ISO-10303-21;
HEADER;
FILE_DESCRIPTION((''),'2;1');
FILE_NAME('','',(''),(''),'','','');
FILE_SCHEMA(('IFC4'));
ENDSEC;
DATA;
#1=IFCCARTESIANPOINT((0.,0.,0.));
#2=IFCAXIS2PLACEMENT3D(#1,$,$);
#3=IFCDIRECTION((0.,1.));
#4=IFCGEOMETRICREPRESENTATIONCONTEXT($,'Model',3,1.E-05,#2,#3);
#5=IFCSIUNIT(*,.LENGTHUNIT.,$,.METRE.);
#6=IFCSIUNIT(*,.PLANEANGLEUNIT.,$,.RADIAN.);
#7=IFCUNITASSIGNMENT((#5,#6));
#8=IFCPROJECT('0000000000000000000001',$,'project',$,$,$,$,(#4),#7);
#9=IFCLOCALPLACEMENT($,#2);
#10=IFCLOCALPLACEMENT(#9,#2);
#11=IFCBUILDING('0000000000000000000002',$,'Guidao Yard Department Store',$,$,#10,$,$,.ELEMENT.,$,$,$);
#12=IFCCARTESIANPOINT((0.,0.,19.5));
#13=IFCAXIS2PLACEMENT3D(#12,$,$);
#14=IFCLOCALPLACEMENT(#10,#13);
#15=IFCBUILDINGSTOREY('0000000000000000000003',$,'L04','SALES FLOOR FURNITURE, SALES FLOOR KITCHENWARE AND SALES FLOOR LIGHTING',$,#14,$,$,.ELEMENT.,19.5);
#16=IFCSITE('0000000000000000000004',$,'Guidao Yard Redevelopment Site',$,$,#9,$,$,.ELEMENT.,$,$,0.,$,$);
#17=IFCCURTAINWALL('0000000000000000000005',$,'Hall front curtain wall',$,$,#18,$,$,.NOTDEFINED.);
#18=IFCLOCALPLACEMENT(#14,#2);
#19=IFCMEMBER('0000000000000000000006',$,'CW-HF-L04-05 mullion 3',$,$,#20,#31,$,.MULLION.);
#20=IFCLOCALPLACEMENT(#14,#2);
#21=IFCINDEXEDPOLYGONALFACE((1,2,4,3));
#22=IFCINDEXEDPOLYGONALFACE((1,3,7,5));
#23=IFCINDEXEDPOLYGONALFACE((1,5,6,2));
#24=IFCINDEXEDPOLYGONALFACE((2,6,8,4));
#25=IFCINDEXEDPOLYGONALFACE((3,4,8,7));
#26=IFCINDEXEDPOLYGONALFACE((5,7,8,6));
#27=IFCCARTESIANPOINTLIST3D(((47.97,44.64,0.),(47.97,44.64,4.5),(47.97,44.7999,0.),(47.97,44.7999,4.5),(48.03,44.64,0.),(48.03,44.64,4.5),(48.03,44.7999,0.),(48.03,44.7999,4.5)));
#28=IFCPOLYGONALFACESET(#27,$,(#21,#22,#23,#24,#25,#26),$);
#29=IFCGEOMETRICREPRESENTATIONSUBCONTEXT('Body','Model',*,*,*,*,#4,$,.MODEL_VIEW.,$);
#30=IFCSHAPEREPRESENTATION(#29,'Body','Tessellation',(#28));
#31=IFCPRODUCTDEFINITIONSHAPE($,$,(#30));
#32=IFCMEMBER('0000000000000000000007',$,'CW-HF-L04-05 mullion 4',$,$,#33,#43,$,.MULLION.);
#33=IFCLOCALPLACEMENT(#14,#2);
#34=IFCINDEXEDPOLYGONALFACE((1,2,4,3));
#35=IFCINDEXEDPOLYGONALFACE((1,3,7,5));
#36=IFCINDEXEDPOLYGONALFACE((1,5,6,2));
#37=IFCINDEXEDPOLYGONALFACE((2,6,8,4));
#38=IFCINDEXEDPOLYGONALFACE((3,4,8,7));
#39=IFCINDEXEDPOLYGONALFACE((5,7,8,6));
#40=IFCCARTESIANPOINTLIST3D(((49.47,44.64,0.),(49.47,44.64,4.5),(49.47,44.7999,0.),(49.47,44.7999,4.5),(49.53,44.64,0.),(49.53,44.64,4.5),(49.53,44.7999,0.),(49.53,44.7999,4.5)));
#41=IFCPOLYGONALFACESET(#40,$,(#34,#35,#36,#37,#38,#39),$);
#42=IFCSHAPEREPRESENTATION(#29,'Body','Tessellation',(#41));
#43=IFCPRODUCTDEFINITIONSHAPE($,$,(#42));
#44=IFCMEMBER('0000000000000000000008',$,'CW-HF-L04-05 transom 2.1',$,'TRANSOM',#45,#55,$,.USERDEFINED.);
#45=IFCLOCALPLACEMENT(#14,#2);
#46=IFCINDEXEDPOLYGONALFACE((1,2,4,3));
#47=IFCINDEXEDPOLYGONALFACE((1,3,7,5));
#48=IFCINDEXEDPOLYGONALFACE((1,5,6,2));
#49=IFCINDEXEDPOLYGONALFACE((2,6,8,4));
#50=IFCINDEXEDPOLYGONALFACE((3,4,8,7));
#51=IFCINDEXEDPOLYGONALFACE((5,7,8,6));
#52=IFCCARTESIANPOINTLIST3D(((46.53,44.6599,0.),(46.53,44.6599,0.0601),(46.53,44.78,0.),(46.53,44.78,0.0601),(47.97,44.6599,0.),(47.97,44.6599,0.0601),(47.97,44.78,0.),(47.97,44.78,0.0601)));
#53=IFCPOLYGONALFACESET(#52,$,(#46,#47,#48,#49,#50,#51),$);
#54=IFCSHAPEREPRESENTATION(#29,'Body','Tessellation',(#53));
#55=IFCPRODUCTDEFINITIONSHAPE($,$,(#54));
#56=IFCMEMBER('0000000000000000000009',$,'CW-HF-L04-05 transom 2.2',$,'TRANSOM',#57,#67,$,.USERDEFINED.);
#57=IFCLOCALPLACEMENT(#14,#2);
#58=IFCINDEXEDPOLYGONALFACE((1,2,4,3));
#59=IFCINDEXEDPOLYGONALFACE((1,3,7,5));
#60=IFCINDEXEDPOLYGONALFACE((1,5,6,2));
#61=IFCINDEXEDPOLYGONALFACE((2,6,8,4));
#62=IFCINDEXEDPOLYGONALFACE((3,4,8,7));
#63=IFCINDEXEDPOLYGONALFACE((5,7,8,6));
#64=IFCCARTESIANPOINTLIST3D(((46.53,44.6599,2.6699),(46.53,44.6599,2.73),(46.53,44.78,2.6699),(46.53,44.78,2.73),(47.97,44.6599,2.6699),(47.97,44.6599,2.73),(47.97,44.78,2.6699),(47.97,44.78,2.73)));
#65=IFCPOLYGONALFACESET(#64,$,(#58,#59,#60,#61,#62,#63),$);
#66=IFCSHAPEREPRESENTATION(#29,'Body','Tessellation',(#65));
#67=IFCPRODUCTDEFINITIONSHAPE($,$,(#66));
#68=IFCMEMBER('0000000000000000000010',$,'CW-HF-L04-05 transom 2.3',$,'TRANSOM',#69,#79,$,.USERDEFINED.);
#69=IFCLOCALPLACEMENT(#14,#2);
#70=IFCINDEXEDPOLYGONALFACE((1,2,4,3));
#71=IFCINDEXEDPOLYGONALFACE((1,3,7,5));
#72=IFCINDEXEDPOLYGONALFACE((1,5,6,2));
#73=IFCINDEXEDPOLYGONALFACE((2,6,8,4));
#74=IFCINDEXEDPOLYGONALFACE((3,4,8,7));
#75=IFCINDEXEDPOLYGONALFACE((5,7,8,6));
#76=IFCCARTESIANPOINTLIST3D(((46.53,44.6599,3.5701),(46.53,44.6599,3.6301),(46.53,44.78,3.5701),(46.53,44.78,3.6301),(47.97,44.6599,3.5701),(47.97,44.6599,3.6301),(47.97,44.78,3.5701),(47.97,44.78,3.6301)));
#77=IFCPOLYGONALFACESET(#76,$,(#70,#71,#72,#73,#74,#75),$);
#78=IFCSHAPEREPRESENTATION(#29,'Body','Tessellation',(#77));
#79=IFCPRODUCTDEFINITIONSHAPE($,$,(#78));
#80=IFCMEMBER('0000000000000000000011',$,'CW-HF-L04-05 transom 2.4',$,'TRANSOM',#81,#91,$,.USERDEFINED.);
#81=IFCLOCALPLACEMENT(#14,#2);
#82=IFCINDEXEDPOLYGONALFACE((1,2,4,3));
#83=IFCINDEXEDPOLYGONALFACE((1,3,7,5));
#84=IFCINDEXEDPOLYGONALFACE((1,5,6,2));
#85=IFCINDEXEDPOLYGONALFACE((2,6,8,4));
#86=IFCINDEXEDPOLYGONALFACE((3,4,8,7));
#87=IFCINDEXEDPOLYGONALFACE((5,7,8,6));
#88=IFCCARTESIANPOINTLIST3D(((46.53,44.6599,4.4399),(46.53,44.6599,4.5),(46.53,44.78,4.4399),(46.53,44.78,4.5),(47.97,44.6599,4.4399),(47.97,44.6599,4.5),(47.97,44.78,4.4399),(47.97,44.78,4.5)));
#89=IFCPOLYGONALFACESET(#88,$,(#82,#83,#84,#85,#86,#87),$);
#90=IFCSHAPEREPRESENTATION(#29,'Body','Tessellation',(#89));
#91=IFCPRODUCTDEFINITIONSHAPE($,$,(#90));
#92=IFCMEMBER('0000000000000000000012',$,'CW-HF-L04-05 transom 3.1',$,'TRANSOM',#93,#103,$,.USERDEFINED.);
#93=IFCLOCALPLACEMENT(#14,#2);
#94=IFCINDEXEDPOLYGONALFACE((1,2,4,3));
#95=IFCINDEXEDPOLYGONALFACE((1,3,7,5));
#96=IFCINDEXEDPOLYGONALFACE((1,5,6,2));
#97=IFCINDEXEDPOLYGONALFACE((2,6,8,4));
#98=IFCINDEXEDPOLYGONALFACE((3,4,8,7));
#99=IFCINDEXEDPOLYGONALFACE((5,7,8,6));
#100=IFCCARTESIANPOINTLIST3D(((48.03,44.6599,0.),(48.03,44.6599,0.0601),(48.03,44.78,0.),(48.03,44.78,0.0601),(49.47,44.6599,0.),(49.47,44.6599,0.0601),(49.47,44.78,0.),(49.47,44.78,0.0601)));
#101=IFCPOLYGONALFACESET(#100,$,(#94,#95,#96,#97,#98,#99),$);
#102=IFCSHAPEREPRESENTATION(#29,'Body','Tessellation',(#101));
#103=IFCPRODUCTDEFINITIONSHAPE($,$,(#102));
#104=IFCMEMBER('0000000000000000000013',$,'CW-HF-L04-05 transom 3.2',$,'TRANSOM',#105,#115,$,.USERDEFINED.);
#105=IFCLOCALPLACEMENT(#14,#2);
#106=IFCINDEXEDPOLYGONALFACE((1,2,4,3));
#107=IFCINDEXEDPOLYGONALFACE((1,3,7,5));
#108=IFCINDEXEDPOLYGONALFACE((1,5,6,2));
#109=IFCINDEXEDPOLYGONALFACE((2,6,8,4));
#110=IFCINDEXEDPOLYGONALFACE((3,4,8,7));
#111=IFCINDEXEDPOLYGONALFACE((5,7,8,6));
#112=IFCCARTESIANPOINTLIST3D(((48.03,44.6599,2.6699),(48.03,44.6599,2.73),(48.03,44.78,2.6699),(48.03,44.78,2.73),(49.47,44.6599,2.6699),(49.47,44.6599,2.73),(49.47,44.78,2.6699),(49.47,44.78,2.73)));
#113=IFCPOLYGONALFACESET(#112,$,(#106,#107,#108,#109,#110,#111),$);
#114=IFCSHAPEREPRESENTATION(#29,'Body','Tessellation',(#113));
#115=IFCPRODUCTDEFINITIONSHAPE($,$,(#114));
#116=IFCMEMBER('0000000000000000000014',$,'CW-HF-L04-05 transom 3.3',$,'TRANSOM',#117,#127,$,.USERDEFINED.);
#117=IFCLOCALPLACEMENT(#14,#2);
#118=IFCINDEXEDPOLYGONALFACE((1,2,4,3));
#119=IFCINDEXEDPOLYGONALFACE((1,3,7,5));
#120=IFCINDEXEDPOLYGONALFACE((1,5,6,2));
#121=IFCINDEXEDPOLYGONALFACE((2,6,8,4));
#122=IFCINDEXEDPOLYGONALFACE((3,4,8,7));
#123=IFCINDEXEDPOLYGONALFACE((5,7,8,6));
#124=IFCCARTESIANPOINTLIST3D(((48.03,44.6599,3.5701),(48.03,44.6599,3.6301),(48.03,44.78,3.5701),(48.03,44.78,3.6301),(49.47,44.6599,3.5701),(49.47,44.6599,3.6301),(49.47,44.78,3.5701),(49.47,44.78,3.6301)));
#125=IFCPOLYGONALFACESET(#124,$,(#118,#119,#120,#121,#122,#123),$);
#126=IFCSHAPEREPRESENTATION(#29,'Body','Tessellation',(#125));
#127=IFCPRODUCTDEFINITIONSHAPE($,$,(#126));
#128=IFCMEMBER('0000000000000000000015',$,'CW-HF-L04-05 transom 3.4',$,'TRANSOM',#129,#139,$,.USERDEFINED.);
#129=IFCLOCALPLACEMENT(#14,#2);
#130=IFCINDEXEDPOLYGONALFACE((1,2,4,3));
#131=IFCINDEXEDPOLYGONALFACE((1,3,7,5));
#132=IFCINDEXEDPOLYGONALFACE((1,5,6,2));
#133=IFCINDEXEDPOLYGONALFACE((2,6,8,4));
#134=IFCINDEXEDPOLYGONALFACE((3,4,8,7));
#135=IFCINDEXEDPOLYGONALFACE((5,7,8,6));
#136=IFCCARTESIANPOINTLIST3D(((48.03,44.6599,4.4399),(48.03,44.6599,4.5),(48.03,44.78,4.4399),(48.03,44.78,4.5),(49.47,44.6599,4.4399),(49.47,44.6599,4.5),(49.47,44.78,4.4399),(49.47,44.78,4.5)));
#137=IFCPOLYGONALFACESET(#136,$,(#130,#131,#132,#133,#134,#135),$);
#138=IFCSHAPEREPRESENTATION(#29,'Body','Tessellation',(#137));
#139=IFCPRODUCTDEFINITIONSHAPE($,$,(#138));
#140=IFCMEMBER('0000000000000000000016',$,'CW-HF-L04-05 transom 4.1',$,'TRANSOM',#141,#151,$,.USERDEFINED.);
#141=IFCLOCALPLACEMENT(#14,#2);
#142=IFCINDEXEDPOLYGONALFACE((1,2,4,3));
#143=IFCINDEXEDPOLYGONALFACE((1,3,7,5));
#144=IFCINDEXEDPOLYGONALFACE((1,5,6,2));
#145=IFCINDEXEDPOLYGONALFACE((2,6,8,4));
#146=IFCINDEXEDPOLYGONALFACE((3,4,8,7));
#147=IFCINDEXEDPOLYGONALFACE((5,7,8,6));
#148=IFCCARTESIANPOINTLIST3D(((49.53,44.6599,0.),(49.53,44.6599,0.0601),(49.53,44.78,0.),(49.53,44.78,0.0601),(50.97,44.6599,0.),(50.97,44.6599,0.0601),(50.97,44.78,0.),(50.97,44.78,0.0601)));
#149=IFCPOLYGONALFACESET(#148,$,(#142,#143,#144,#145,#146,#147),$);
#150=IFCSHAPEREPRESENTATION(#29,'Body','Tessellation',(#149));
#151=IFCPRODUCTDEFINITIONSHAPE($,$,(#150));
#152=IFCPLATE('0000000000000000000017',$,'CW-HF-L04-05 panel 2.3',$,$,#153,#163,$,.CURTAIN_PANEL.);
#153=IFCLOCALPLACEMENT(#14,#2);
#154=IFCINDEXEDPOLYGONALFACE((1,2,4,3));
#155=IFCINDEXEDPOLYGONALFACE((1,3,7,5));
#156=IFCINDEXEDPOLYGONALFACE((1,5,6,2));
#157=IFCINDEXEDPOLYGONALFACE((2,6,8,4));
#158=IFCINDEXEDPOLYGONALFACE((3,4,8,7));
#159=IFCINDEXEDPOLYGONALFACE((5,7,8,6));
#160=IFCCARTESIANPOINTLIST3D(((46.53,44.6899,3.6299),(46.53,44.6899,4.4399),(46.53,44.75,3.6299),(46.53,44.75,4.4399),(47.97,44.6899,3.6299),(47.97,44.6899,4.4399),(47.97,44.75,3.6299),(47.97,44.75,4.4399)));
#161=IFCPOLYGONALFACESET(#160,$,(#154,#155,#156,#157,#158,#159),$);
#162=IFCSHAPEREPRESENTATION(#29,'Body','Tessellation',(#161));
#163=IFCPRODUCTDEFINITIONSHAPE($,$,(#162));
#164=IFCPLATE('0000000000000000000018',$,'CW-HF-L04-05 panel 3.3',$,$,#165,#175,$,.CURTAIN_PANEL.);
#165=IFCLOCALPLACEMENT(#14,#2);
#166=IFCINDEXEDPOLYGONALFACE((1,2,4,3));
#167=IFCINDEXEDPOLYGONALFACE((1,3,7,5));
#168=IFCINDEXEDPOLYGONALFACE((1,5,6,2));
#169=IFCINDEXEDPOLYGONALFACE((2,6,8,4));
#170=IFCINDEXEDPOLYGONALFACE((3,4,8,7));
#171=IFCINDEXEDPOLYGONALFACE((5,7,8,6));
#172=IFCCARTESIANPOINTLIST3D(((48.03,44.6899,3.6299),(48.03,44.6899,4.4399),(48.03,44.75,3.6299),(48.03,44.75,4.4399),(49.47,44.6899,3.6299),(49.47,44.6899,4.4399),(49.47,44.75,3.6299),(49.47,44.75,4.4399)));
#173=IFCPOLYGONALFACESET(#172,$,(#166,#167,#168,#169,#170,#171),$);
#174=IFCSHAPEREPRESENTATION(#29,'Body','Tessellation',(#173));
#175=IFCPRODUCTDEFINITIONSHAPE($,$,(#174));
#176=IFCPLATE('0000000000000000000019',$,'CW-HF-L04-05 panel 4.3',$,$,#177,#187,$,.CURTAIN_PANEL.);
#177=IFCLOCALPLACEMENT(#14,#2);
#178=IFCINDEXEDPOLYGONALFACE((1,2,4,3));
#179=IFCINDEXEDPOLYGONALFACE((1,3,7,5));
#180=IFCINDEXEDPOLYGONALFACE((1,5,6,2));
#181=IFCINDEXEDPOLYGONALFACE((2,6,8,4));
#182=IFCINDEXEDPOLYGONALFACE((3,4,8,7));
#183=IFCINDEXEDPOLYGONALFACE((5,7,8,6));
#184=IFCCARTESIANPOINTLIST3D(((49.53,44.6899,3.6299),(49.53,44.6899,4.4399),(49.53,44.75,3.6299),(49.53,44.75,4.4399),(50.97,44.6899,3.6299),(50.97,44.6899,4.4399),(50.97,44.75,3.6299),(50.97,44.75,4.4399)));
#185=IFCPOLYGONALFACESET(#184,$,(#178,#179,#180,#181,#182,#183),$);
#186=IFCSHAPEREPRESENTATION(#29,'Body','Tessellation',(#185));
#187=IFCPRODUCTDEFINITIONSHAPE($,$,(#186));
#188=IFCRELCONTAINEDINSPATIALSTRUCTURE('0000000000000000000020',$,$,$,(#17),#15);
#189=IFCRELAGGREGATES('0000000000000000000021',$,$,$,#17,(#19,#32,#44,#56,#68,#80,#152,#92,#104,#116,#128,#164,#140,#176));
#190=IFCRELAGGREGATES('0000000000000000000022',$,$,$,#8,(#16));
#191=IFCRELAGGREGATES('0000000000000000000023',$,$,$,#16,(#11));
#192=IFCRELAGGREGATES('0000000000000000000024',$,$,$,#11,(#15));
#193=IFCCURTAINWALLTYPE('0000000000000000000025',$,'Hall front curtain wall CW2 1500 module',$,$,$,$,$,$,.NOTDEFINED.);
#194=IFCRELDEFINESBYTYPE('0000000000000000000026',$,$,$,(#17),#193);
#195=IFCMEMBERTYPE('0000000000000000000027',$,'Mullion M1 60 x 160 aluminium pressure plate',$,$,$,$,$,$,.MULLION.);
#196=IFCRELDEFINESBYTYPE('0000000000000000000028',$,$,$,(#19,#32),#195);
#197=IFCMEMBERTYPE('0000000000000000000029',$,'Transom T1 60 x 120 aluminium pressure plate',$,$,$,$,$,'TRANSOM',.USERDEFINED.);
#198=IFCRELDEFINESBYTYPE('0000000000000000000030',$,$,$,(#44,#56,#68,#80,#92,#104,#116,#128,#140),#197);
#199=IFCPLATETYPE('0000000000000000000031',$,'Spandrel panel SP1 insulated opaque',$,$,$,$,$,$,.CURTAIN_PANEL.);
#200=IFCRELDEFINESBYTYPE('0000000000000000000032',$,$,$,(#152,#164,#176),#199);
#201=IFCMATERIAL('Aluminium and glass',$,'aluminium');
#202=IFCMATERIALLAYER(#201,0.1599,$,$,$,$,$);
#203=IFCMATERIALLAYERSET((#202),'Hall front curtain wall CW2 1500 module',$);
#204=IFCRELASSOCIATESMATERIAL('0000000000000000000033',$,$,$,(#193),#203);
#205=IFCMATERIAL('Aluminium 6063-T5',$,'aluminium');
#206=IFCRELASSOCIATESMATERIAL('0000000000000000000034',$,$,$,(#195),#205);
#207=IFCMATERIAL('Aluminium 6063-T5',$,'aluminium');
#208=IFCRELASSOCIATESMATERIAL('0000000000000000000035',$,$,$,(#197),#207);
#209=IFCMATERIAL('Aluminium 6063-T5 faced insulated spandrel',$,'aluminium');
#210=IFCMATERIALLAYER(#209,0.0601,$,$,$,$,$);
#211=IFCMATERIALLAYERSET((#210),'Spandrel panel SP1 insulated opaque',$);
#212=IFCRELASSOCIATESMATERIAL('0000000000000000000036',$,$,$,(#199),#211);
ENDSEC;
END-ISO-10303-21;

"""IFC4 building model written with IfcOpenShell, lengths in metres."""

from ifc_helpers import new_model, si_unit, direction, frame, origin, origin_2d, place, context, subcontext, project, spatial, rectangle, extrude, material, layer, layer_set, material_profile, profile_set, type_object, element, aggregate, save


model = new_model("IFC4")

# Units and contexts
model_context = context("Model", 3, precision=1e-05, world=origin(), true_north=direction((0.0, 1.0)))
body_context = subcontext(model_context, "Body", "Model", "MODEL_VIEW")
ifc_project = project(units=[si_unit("LENGTHUNIT", "METRE"), si_unit("PLANEANGLEUNIT", "RADIAN")], contexts=[model_context])

# Site, building, storey
site_placement = place(None, origin())
site = spatial("IfcSite", under=ifc_project, at=site_placement, Name="Guidao Yard Redevelopment Site", CompositionType="ELEMENT", RefElevation=0.0)
building_placement = place(site_placement, origin())
building = spatial("IfcBuilding", under=site, at=building_placement, Name="Guidao Yard Department Store", CompositionType="ELEMENT")
storey_placement = place(building_placement, frame((0.0, 0.0, 19.5)))
storey = spatial("IfcBuildingStorey", under=building, at=storey_placement, Name="L04", Description="SALES FLOOR FURNITURE, SALES FLOOR KITCHENWARE AND SALES FLOOR LIGHTING", CompositionType="ELEMENT", Elevation=19.5)

# Curtain wall, members, plates
ifc_material_1 = material(Name="Aluminium and glass", Category="aluminium")
ifc_layer_1 = layer(ifc_material_1, 0.1599)
ifc_layer_set_1 = layer_set([ifc_layer_1], Name="Hall front curtain wall CW2 1500 module")
curtain_wall_type = type_object("IfcCurtainWallType", Name="Hall front curtain wall CW2 1500 module", PredefinedType="NOTDEFINED", material=ifc_layer_set_1)
curtain_wall_placement = place(storey_placement, origin())
curtain_wall = element("IfcCurtainWall", 1, at=curtain_wall_placement, inside=storey, type_object=curtain_wall_type, Name="Hall front curtain wall", PredefinedType="NOTDEFINED")
ifc_material_2 = material(Name="Aluminium 6063-T5", Category="aluminium")
ifc_material_profile_1 = material_profile(ifc_material_2, rectangle(XDim=0.0601, YDim=0.1599, at=origin_2d()), Name="Mullion M1 60 x 160 aluminium pressure plate")
ifc_profile_set_1 = profile_set([ifc_material_profile_1], Name="Aluminium 6063-T5")
member_type_1 = type_object("IfcMemberType", Name="Mullion M1 60 x 160 aluminium pressure plate", PredefinedType="MULLION", material=ifc_profile_set_1)
member_1_placement = place(storey_placement, frame((48.0, 44.72, 0.0), z_axis=(0.0, 0.0, 1.0), x_axis=(-1.0, 0.0, 0.0)))
member_1 = element("IfcMember", 2, at=member_1_placement, type_object=member_type_1, Name="CW-HF-L04-05 mullion 3", PredefinedType="MULLION", context=body_context, shape_type="SweptSolid", body=[
    extrude(rectangle(XDim=0.0601, YDim=0.1599, at=origin_2d()), origin(), (0.0, 0.0, 1.0), 4.5),
])
member_2_placement = place(storey_placement, frame((49.5, 44.72, 0.0), z_axis=(0.0, 0.0, 1.0), x_axis=(-1.0, 0.0, 0.0)))
member_2 = element("IfcMember", 3, at=member_2_placement, type_object=member_type_1, Name="CW-HF-L04-05 mullion 4", PredefinedType="MULLION", context=body_context, shape_type="SweptSolid", body=[
    extrude(rectangle(XDim=0.0601, YDim=0.1599, at=origin_2d()), origin(), (0.0, 0.0, 1.0), 4.5),
])
ifc_material_3 = material(Name="Aluminium 6063-T5", Category="aluminium")
ifc_material_profile_2 = material_profile(ifc_material_3, rectangle(XDim=0.1201, YDim=0.0601, at=origin_2d()), Name="Transom T1 60 x 120 aluminium pressure plate")
ifc_profile_set_2 = profile_set([ifc_material_profile_2], Name="Aluminium 6063-T5")
member_type_2 = type_object("IfcMemberType", Name="Transom T1 60 x 120 aluminium pressure plate", ElementType="TRANSOM", PredefinedType="USERDEFINED", material=ifc_profile_set_2)
member_3_placement = place(storey_placement, frame((47.97, 44.72, 0.03), z_axis=(-1.0, 0.0, 0.0), x_axis=(0.0, -1.0, 0.0)))
member_3 = element("IfcMember", 4, at=member_3_placement, type_object=member_type_2, Name="CW-HF-L04-05 transom 2.1", ObjectType="TRANSOM", PredefinedType="USERDEFINED", context=body_context, shape_type="SweptSolid", body=[
    extrude(rectangle(XDim=0.1201, YDim=0.0601, at=origin_2d()), origin(), (0.0, 0.0, 1.0), 1.4399),
])
member_4_placement = place(storey_placement, frame((47.97, 44.72, 2.7), z_axis=(-1.0, 0.0, 0.0), x_axis=(0.0, -1.0, 0.0)))
member_4 = element("IfcMember", 5, at=member_4_placement, type_object=member_type_2, Name="CW-HF-L04-05 transom 2.2", ObjectType="TRANSOM", PredefinedType="USERDEFINED", context=body_context, shape_type="SweptSolid", body=[
    extrude(rectangle(XDim=0.1201, YDim=0.0601, at=origin_2d()), origin(), (0.0, 0.0, 1.0), 1.4399),
])
member_5_placement = place(storey_placement, frame((47.97, 44.72, 3.6001), z_axis=(-1.0, 0.0, 0.0), x_axis=(0.0, -1.0, 0.0)))
member_5 = element("IfcMember", 6, at=member_5_placement, type_object=member_type_2, Name="CW-HF-L04-05 transom 2.3", ObjectType="TRANSOM", PredefinedType="USERDEFINED", context=body_context, shape_type="SweptSolid", body=[
    extrude(rectangle(XDim=0.1201, YDim=0.0601, at=origin_2d()), origin(), (0.0, 0.0, 1.0), 1.4399),
])
member_6_placement = place(storey_placement, frame((47.97, 44.72, 4.47), z_axis=(-1.0, 0.0, 0.0), x_axis=(0.0, -1.0, 0.0)))
member_6 = element("IfcMember", 7, at=member_6_placement, type_object=member_type_2, Name="CW-HF-L04-05 transom 2.4", ObjectType="TRANSOM", PredefinedType="USERDEFINED", context=body_context, shape_type="SweptSolid", body=[
    extrude(rectangle(XDim=0.1201, YDim=0.0601, at=origin_2d()), origin(), (0.0, 0.0, 1.0), 1.4399),
])
member_7_placement = place(storey_placement, frame((49.47, 44.72, 0.03), z_axis=(-1.0, 0.0, 0.0), x_axis=(0.0, -1.0, 0.0)))
member_7 = element("IfcMember", 8, at=member_7_placement, type_object=member_type_2, Name="CW-HF-L04-05 transom 3.1", ObjectType="TRANSOM", PredefinedType="USERDEFINED", context=body_context, shape_type="SweptSolid", body=[
    extrude(rectangle(XDim=0.1201, YDim=0.0601, at=origin_2d()), origin(), (0.0, 0.0, 1.0), 1.4399),
])
member_8_placement = place(storey_placement, frame((49.47, 44.72, 2.7), z_axis=(-1.0, 0.0, 0.0), x_axis=(0.0, -1.0, 0.0)))
member_8 = element("IfcMember", 9, at=member_8_placement, type_object=member_type_2, Name="CW-HF-L04-05 transom 3.2", ObjectType="TRANSOM", PredefinedType="USERDEFINED", context=body_context, shape_type="SweptSolid", body=[
    extrude(rectangle(XDim=0.1201, YDim=0.0601, at=origin_2d()), origin(), (0.0, 0.0, 1.0), 1.4399),
])
member_9_placement = place(storey_placement, frame((49.47, 44.72, 3.6001), z_axis=(-1.0, 0.0, 0.0), x_axis=(0.0, -1.0, 0.0)))
member_9 = element("IfcMember", 10, at=member_9_placement, type_object=member_type_2, Name="CW-HF-L04-05 transom 3.3", ObjectType="TRANSOM", PredefinedType="USERDEFINED", context=body_context, shape_type="SweptSolid", body=[
    extrude(rectangle(XDim=0.1201, YDim=0.0601, at=origin_2d()), origin(), (0.0, 0.0, 1.0), 1.4399),
])
member_10_placement = place(storey_placement, frame((49.47, 44.72, 4.47), z_axis=(-1.0, 0.0, 0.0), x_axis=(0.0, -1.0, 0.0)))
member_10 = element("IfcMember", 11, at=member_10_placement, type_object=member_type_2, Name="CW-HF-L04-05 transom 3.4", ObjectType="TRANSOM", PredefinedType="USERDEFINED", context=body_context, shape_type="SweptSolid", body=[
    extrude(rectangle(XDim=0.1201, YDim=0.0601, at=origin_2d()), origin(), (0.0, 0.0, 1.0), 1.4399),
])
member_11_placement = place(storey_placement, frame((50.97, 44.72, 0.03), z_axis=(-1.0, 0.0, 0.0), x_axis=(0.0, -1.0, 0.0)))
member_11 = element("IfcMember", 12, at=member_11_placement, type_object=member_type_2, Name="CW-HF-L04-05 transom 4.1", ObjectType="TRANSOM", PredefinedType="USERDEFINED", context=body_context, shape_type="SweptSolid", body=[
    extrude(rectangle(XDim=0.1201, YDim=0.0601, at=origin_2d()), origin(), (0.0, 0.0, 1.0), 1.4399),
])
ifc_material_4 = material(Name="Aluminium 6063-T5 faced insulated spandrel", Category="aluminium")
ifc_layer_2 = layer(ifc_material_4, 0.0601)
ifc_layer_set_2 = layer_set([ifc_layer_2], Name="Spandrel panel SP1 insulated opaque")
plate_type_1 = type_object("IfcPlateType", Name="Spandrel panel SP1 insulated opaque", PredefinedType="CURTAIN_PANEL", material=ifc_layer_set_2)
plate_1_placement = place(storey_placement, frame((47.25, 44.72, 3.6299), z_axis=(0.0, 0.0, 1.0), x_axis=(-1.0, 0.0, 0.0)))
plate_1 = element("IfcPlate", 13, at=plate_1_placement, type_object=plate_type_1, Name="CW-HF-L04-05 panel 2.3", PredefinedType="CURTAIN_PANEL", context=body_context, shape_type="SweptSolid", body=[
    extrude(rectangle(XDim=1.4399, YDim=0.0601, at=origin_2d()), origin(), (0.0, 0.0, 1.0), 0.8101),
])
plate_2_placement = place(storey_placement, frame((48.75, 44.72, 3.6299), z_axis=(0.0, 0.0, 1.0), x_axis=(-1.0, 0.0, 0.0)))
plate_2 = element("IfcPlate", 14, at=plate_2_placement, type_object=plate_type_1, Name="CW-HF-L04-05 panel 3.3", PredefinedType="CURTAIN_PANEL", context=body_context, shape_type="SweptSolid", body=[
    extrude(rectangle(XDim=1.4399, YDim=0.0601, at=origin_2d()), origin(), (0.0, 0.0, 1.0), 0.8101),
])
plate_3_placement = place(storey_placement, frame((50.25, 44.72, 3.6299), z_axis=(0.0, 0.0, 1.0), x_axis=(-1.0, 0.0, 0.0)))
plate_3 = element("IfcPlate", 15, at=plate_3_placement, type_object=plate_type_1, Name="CW-HF-L04-05 panel 4.3", PredefinedType="CURTAIN_PANEL", context=body_context, shape_type="SweptSolid", body=[
    extrude(rectangle(XDim=1.4399, YDim=0.0601, at=origin_2d()), origin(), (0.0, 0.0, 1.0), 0.8101),
])
aggregate(curtain_wall, [member_1, member_2, member_3, member_4, member_5, member_6, plate_1, member_7, member_8, member_9, member_10, plate_2, member_11, plate_3])

save(model, "model.ifc")
